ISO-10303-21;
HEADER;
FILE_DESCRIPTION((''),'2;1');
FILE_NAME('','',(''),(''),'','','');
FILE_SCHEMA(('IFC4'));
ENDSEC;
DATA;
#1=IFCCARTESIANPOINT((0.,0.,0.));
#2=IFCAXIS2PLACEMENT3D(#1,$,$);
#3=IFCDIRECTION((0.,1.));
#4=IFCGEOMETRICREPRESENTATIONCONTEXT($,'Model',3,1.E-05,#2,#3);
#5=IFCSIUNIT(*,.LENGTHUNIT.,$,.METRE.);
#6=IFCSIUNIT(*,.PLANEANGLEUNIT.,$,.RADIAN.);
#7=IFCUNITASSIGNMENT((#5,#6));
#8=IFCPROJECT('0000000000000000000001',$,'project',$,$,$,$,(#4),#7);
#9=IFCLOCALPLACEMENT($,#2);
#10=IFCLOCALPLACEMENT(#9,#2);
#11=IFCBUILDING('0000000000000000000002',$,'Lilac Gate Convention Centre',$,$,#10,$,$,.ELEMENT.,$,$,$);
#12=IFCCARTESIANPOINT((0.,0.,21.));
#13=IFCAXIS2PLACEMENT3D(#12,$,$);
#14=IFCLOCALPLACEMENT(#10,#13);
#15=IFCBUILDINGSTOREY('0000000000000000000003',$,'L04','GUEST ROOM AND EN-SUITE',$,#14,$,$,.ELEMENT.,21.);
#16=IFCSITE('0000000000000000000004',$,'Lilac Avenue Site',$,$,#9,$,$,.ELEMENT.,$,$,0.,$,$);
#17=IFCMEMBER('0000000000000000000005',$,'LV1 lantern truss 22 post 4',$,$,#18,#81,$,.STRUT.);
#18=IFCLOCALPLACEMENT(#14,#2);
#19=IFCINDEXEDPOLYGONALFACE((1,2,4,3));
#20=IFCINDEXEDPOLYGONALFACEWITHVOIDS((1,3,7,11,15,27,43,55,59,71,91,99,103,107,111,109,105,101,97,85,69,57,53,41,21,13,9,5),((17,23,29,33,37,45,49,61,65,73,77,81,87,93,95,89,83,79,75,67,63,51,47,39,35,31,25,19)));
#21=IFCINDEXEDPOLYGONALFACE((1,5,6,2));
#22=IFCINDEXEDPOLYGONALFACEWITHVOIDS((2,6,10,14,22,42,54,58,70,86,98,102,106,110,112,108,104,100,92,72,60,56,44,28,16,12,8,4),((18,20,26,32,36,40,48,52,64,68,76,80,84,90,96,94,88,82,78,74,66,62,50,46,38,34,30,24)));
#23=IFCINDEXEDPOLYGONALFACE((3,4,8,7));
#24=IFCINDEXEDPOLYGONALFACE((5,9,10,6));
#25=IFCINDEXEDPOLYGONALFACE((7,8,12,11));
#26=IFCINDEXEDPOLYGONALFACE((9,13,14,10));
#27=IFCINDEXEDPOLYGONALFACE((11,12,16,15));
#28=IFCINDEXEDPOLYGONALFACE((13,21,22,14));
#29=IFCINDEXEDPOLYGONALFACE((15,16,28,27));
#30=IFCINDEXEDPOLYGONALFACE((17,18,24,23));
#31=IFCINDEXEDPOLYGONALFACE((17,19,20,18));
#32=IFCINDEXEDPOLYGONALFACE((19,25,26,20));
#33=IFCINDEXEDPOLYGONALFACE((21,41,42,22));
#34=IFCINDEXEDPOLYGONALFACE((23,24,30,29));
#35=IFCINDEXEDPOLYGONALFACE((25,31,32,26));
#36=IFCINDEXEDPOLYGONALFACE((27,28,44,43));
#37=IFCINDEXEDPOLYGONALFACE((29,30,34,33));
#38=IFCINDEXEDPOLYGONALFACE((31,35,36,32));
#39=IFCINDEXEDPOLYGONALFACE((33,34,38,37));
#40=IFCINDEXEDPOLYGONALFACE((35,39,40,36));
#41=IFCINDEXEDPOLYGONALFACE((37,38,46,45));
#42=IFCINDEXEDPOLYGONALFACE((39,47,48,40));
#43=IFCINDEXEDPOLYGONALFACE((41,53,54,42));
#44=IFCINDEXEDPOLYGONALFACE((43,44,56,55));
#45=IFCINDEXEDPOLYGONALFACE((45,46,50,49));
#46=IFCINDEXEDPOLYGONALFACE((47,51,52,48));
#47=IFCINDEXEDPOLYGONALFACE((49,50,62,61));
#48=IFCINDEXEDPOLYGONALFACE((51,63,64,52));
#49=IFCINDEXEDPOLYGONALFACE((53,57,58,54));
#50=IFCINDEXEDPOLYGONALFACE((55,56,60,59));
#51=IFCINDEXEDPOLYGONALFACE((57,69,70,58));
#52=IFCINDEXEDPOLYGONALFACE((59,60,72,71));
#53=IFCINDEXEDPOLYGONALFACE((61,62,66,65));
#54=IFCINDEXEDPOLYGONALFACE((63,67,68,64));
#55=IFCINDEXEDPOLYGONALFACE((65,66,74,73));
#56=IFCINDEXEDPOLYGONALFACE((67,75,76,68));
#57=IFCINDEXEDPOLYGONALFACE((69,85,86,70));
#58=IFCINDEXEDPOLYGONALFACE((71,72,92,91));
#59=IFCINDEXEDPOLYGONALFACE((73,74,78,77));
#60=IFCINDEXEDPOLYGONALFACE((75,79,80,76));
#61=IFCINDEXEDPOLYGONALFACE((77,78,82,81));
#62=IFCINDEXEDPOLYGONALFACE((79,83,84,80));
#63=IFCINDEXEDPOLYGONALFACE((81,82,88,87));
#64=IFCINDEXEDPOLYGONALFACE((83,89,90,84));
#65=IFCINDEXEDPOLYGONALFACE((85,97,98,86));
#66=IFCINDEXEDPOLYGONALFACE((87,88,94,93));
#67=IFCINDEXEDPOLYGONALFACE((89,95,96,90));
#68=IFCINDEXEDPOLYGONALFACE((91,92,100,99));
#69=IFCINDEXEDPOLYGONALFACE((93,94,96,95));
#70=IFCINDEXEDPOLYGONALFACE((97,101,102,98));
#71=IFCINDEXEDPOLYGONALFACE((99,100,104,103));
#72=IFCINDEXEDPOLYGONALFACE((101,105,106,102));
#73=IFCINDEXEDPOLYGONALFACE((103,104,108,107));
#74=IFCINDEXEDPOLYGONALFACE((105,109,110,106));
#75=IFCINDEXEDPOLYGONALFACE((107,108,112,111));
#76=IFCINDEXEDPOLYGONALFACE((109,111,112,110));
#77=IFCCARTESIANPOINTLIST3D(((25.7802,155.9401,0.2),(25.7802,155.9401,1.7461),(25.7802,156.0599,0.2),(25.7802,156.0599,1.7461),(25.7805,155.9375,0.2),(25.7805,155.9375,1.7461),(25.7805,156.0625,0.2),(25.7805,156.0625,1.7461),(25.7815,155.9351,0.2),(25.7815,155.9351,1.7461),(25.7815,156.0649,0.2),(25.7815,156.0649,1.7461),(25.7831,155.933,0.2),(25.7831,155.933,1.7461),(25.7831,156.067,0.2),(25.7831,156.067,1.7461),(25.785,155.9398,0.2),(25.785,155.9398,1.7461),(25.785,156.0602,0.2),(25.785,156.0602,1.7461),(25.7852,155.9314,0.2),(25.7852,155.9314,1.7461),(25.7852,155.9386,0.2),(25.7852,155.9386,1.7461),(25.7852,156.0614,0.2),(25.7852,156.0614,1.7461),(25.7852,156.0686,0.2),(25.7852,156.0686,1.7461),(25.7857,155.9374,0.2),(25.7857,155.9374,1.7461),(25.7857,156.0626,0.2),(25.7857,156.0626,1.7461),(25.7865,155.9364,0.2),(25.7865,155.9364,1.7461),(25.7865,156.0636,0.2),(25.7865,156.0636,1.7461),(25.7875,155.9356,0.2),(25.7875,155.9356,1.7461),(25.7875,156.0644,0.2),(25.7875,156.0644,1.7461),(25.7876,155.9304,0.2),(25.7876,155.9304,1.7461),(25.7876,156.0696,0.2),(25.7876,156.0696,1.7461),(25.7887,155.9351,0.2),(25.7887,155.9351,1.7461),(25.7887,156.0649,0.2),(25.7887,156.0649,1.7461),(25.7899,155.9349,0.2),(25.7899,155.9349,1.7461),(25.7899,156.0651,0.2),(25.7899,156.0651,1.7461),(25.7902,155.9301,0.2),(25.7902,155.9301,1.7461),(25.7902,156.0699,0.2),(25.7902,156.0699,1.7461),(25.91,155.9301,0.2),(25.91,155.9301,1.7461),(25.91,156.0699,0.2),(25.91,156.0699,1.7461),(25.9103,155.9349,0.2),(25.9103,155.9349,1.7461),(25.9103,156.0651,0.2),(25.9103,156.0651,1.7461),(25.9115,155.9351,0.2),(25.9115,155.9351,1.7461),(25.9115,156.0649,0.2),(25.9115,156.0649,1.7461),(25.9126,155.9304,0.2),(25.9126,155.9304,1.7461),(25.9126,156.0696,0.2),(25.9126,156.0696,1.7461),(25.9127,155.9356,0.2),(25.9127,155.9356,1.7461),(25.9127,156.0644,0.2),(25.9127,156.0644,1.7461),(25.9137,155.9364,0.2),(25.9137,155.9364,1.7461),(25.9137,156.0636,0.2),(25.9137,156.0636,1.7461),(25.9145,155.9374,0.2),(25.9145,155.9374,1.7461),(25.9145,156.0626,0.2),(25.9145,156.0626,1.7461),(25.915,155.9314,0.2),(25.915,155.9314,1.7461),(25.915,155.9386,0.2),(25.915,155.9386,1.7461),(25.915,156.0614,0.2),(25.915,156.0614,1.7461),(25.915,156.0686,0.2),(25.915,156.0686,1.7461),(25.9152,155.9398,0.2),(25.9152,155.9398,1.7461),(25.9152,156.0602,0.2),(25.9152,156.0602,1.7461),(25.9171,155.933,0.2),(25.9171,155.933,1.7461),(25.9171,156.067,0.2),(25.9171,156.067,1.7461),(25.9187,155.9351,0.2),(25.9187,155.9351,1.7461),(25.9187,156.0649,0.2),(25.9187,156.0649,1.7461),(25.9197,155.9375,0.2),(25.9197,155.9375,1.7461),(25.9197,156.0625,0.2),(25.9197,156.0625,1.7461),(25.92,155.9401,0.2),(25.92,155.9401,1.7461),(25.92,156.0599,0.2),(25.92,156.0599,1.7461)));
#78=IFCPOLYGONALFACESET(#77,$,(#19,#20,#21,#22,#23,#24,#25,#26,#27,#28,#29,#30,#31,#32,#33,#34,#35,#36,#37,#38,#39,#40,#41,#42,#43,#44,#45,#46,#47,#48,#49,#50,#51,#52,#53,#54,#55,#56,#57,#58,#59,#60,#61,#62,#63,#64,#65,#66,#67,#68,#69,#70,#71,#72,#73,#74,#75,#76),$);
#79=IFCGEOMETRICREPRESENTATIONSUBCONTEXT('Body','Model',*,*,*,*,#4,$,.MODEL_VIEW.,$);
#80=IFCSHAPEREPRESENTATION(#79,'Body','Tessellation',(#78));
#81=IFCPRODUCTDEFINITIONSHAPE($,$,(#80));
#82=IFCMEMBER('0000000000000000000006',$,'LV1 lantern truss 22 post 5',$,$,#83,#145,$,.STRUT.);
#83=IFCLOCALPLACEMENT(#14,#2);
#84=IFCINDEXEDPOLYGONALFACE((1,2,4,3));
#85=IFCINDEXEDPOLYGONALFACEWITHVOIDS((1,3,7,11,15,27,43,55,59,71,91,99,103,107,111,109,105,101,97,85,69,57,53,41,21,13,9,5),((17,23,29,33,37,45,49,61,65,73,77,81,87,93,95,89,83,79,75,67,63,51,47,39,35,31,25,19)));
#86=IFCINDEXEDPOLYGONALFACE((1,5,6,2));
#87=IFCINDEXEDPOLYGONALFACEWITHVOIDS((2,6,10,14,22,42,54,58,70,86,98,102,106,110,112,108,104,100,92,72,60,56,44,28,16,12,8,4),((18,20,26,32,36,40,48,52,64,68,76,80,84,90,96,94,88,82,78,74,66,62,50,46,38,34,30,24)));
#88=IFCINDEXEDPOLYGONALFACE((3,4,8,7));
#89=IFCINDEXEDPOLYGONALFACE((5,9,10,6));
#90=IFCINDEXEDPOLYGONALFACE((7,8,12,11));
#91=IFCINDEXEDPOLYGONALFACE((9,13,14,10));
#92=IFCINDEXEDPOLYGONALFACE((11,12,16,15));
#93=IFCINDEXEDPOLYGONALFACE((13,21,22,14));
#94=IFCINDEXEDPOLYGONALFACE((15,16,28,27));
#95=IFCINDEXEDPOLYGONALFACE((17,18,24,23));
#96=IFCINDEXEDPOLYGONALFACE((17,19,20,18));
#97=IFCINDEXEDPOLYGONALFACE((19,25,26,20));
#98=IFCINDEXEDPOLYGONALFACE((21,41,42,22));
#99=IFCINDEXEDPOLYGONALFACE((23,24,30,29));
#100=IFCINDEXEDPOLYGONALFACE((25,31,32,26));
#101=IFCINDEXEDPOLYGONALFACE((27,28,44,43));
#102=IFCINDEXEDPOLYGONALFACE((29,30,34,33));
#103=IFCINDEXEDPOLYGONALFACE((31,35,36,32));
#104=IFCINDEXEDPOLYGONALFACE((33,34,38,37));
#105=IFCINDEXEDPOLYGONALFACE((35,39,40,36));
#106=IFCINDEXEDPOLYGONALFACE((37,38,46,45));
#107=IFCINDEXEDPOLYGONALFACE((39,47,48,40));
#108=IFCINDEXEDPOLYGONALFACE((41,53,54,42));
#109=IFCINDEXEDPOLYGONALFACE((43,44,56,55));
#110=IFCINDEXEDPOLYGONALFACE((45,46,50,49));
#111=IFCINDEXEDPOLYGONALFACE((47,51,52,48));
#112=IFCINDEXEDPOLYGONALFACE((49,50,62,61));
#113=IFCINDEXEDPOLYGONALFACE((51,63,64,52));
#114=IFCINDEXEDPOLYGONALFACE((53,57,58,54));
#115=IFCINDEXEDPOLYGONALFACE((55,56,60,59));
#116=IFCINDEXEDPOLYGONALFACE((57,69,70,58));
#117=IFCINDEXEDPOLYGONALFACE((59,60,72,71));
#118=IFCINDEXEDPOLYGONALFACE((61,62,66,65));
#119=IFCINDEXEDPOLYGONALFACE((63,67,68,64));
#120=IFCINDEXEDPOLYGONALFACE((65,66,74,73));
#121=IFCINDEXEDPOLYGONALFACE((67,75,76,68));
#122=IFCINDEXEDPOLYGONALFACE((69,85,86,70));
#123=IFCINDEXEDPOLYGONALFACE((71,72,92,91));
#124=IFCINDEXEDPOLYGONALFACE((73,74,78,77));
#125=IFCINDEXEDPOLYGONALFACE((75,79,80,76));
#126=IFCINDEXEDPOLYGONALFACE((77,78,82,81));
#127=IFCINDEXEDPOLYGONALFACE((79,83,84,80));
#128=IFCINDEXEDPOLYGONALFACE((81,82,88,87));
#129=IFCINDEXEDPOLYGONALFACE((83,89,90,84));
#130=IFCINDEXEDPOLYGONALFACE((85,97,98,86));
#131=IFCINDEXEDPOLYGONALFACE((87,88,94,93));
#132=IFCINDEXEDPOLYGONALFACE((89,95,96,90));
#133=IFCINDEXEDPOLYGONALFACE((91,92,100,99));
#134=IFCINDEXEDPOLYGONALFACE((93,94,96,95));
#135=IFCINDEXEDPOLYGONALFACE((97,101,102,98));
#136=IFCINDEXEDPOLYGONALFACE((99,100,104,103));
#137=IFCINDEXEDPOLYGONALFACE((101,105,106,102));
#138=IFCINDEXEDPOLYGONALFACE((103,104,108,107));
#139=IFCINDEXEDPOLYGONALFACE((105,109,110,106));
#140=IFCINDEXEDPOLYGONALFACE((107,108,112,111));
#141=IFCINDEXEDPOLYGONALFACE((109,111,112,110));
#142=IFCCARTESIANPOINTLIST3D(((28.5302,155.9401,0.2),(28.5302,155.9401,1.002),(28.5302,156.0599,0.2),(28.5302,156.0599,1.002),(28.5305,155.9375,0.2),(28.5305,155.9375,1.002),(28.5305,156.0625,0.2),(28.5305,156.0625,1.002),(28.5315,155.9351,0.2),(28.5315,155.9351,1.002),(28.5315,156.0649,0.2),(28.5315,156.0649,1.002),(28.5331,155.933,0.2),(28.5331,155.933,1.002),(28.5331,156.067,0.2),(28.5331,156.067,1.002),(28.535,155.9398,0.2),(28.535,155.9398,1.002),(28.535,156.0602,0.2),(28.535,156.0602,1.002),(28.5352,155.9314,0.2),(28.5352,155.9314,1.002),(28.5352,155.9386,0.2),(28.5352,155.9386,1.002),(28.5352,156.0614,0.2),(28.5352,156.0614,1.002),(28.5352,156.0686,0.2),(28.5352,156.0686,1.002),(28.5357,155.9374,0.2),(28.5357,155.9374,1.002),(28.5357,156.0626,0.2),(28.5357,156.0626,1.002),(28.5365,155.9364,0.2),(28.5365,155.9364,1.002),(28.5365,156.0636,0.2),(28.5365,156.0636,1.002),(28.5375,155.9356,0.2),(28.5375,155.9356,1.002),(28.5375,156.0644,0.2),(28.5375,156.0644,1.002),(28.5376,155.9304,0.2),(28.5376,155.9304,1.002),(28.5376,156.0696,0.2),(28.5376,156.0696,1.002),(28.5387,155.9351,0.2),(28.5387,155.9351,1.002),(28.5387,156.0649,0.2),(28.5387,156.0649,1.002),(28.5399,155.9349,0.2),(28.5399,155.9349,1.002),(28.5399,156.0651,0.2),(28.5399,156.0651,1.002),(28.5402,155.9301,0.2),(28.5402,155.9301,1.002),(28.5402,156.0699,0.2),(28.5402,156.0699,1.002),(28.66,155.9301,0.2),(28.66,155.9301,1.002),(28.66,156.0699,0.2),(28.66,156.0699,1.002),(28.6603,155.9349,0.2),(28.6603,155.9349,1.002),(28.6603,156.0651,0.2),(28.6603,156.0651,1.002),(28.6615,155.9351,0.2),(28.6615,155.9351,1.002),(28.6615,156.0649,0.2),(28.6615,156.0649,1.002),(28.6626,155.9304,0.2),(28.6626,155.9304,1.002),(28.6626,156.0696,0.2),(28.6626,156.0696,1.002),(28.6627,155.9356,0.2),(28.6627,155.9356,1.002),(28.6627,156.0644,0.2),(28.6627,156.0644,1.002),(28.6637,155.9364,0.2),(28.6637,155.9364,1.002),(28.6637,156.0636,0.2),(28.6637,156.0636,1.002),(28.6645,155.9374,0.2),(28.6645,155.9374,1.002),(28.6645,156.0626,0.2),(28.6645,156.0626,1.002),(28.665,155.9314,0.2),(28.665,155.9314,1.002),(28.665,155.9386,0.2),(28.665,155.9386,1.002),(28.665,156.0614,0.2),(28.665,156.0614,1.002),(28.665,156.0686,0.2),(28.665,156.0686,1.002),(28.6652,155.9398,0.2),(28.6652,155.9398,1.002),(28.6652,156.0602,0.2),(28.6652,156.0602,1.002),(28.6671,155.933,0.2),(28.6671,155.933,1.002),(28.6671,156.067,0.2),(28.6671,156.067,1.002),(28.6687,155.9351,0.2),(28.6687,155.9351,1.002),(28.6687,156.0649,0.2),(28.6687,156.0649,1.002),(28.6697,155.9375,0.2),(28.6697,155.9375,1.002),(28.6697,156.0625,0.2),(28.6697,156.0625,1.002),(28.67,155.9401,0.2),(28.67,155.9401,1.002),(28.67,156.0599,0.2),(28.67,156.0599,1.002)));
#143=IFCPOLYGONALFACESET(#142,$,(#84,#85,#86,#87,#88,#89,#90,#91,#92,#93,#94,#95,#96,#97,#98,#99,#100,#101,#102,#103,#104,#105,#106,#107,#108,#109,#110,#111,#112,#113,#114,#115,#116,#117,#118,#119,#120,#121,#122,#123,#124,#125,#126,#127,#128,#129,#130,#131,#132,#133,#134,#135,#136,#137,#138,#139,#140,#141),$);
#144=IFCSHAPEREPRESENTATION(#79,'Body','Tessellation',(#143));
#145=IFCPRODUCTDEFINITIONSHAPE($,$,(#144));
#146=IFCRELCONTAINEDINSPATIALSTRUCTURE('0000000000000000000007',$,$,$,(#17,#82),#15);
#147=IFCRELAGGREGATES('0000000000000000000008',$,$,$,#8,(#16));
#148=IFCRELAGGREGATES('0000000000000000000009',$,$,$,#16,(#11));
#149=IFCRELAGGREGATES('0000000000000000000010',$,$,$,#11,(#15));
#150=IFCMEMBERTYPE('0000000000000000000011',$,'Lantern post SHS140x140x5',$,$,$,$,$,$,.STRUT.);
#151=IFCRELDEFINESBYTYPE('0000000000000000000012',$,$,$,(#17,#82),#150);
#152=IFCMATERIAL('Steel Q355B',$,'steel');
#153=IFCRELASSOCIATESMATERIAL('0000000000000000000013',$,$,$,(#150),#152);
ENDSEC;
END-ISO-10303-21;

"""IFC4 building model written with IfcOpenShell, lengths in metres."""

from ifc_helpers import new_model, si_unit, direction, frame, origin, origin_2d, place, context, subcontext, project, spatial, hollow_rectangle, extrude, material, material_profile, profile_set, type_object, element, save


model = new_model("IFC4")

# Units and contexts
model_context = context("Model", 3, precision=1e-05, world=origin(), true_north=direction((0.0, 1.0)))
body_context = subcontext(model_context, "Body", "Model", "MODEL_VIEW")
ifc_project = project(units=[si_unit("LENGTHUNIT", "METRE"), si_unit("PLANEANGLEUNIT", "RADIAN")], contexts=[model_context])

# Site, building, storey
site_placement = place(None, origin())
site = spatial("IfcSite", under=ifc_project, at=site_placement, Name="Lilac Avenue Site", CompositionType="ELEMENT", RefElevation=0.0)
building_placement = place(site_placement, origin())
building = spatial("IfcBuilding", under=site, at=building_placement, Name="Lilac Gate Convention Centre", CompositionType="ELEMENT")
storey_placement = place(building_placement, frame((0.0, 0.0, 21.0)))
storey = spatial("IfcBuildingStorey", under=building, at=storey_placement, Name="L04", Description="GUEST ROOM AND EN-SUITE", CompositionType="ELEMENT", Elevation=21.0)

# Members
ifc_material_1 = material(Name="Steel Q355B", Category="steel")
ifc_material_profile_1 = material_profile(ifc_material_1, hollow_rectangle(XDim=0.1399, YDim=0.1399, WallThickness=0.0049, InnerFilletRadius=0.0049, OuterFilletRadius=0.01, at=origin_2d()), Name="SHS140x140x5")
ifc_profile_set_1 = profile_set([ifc_material_profile_1], Name="Steel Q355B")
member_type_1 = type_object("IfcMemberType", Name="Lantern post SHS140x140x5", PredefinedType="STRUT", material=ifc_profile_set_1)
member_1_placement = place(storey_placement, frame((25.8501, 156.0, 0.2), z_axis=(0.0, 0.0, 1.0), x_axis=(1.0, 0.0, 0.0)))
element("IfcMember", 1, at=member_1_placement, inside=storey, type_object=member_type_1, Name="LV1 lantern truss 22 post 4", PredefinedType="STRUT", context=body_context, shape_type="SweptSolid", body=[
    extrude(hollow_rectangle(XDim=0.1399, YDim=0.1399, WallThickness=0.0049, InnerFilletRadius=0.0049, OuterFilletRadius=0.01, at=origin_2d()), origin(), (0.0, 0.0, 1.0), 1.5461),
])
member_2_placement = place(storey_placement, frame((28.6001, 156.0, 0.2), z_axis=(0.0, 0.0, 1.0), x_axis=(1.0, 0.0, 0.0)))
element("IfcMember", 2, at=member_2_placement, inside=storey, type_object=member_type_1, Name="LV1 lantern truss 22 post 5", PredefinedType="STRUT", context=body_context, shape_type="SweptSolid", body=[
    extrude(hollow_rectangle(XDim=0.1399, YDim=0.1399, WallThickness=0.0049, InnerFilletRadius=0.0049, OuterFilletRadius=0.01, at=origin_2d()), origin(), (0.0, 0.0, 1.0), 0.802),
])

save(model, "model.ifc")
